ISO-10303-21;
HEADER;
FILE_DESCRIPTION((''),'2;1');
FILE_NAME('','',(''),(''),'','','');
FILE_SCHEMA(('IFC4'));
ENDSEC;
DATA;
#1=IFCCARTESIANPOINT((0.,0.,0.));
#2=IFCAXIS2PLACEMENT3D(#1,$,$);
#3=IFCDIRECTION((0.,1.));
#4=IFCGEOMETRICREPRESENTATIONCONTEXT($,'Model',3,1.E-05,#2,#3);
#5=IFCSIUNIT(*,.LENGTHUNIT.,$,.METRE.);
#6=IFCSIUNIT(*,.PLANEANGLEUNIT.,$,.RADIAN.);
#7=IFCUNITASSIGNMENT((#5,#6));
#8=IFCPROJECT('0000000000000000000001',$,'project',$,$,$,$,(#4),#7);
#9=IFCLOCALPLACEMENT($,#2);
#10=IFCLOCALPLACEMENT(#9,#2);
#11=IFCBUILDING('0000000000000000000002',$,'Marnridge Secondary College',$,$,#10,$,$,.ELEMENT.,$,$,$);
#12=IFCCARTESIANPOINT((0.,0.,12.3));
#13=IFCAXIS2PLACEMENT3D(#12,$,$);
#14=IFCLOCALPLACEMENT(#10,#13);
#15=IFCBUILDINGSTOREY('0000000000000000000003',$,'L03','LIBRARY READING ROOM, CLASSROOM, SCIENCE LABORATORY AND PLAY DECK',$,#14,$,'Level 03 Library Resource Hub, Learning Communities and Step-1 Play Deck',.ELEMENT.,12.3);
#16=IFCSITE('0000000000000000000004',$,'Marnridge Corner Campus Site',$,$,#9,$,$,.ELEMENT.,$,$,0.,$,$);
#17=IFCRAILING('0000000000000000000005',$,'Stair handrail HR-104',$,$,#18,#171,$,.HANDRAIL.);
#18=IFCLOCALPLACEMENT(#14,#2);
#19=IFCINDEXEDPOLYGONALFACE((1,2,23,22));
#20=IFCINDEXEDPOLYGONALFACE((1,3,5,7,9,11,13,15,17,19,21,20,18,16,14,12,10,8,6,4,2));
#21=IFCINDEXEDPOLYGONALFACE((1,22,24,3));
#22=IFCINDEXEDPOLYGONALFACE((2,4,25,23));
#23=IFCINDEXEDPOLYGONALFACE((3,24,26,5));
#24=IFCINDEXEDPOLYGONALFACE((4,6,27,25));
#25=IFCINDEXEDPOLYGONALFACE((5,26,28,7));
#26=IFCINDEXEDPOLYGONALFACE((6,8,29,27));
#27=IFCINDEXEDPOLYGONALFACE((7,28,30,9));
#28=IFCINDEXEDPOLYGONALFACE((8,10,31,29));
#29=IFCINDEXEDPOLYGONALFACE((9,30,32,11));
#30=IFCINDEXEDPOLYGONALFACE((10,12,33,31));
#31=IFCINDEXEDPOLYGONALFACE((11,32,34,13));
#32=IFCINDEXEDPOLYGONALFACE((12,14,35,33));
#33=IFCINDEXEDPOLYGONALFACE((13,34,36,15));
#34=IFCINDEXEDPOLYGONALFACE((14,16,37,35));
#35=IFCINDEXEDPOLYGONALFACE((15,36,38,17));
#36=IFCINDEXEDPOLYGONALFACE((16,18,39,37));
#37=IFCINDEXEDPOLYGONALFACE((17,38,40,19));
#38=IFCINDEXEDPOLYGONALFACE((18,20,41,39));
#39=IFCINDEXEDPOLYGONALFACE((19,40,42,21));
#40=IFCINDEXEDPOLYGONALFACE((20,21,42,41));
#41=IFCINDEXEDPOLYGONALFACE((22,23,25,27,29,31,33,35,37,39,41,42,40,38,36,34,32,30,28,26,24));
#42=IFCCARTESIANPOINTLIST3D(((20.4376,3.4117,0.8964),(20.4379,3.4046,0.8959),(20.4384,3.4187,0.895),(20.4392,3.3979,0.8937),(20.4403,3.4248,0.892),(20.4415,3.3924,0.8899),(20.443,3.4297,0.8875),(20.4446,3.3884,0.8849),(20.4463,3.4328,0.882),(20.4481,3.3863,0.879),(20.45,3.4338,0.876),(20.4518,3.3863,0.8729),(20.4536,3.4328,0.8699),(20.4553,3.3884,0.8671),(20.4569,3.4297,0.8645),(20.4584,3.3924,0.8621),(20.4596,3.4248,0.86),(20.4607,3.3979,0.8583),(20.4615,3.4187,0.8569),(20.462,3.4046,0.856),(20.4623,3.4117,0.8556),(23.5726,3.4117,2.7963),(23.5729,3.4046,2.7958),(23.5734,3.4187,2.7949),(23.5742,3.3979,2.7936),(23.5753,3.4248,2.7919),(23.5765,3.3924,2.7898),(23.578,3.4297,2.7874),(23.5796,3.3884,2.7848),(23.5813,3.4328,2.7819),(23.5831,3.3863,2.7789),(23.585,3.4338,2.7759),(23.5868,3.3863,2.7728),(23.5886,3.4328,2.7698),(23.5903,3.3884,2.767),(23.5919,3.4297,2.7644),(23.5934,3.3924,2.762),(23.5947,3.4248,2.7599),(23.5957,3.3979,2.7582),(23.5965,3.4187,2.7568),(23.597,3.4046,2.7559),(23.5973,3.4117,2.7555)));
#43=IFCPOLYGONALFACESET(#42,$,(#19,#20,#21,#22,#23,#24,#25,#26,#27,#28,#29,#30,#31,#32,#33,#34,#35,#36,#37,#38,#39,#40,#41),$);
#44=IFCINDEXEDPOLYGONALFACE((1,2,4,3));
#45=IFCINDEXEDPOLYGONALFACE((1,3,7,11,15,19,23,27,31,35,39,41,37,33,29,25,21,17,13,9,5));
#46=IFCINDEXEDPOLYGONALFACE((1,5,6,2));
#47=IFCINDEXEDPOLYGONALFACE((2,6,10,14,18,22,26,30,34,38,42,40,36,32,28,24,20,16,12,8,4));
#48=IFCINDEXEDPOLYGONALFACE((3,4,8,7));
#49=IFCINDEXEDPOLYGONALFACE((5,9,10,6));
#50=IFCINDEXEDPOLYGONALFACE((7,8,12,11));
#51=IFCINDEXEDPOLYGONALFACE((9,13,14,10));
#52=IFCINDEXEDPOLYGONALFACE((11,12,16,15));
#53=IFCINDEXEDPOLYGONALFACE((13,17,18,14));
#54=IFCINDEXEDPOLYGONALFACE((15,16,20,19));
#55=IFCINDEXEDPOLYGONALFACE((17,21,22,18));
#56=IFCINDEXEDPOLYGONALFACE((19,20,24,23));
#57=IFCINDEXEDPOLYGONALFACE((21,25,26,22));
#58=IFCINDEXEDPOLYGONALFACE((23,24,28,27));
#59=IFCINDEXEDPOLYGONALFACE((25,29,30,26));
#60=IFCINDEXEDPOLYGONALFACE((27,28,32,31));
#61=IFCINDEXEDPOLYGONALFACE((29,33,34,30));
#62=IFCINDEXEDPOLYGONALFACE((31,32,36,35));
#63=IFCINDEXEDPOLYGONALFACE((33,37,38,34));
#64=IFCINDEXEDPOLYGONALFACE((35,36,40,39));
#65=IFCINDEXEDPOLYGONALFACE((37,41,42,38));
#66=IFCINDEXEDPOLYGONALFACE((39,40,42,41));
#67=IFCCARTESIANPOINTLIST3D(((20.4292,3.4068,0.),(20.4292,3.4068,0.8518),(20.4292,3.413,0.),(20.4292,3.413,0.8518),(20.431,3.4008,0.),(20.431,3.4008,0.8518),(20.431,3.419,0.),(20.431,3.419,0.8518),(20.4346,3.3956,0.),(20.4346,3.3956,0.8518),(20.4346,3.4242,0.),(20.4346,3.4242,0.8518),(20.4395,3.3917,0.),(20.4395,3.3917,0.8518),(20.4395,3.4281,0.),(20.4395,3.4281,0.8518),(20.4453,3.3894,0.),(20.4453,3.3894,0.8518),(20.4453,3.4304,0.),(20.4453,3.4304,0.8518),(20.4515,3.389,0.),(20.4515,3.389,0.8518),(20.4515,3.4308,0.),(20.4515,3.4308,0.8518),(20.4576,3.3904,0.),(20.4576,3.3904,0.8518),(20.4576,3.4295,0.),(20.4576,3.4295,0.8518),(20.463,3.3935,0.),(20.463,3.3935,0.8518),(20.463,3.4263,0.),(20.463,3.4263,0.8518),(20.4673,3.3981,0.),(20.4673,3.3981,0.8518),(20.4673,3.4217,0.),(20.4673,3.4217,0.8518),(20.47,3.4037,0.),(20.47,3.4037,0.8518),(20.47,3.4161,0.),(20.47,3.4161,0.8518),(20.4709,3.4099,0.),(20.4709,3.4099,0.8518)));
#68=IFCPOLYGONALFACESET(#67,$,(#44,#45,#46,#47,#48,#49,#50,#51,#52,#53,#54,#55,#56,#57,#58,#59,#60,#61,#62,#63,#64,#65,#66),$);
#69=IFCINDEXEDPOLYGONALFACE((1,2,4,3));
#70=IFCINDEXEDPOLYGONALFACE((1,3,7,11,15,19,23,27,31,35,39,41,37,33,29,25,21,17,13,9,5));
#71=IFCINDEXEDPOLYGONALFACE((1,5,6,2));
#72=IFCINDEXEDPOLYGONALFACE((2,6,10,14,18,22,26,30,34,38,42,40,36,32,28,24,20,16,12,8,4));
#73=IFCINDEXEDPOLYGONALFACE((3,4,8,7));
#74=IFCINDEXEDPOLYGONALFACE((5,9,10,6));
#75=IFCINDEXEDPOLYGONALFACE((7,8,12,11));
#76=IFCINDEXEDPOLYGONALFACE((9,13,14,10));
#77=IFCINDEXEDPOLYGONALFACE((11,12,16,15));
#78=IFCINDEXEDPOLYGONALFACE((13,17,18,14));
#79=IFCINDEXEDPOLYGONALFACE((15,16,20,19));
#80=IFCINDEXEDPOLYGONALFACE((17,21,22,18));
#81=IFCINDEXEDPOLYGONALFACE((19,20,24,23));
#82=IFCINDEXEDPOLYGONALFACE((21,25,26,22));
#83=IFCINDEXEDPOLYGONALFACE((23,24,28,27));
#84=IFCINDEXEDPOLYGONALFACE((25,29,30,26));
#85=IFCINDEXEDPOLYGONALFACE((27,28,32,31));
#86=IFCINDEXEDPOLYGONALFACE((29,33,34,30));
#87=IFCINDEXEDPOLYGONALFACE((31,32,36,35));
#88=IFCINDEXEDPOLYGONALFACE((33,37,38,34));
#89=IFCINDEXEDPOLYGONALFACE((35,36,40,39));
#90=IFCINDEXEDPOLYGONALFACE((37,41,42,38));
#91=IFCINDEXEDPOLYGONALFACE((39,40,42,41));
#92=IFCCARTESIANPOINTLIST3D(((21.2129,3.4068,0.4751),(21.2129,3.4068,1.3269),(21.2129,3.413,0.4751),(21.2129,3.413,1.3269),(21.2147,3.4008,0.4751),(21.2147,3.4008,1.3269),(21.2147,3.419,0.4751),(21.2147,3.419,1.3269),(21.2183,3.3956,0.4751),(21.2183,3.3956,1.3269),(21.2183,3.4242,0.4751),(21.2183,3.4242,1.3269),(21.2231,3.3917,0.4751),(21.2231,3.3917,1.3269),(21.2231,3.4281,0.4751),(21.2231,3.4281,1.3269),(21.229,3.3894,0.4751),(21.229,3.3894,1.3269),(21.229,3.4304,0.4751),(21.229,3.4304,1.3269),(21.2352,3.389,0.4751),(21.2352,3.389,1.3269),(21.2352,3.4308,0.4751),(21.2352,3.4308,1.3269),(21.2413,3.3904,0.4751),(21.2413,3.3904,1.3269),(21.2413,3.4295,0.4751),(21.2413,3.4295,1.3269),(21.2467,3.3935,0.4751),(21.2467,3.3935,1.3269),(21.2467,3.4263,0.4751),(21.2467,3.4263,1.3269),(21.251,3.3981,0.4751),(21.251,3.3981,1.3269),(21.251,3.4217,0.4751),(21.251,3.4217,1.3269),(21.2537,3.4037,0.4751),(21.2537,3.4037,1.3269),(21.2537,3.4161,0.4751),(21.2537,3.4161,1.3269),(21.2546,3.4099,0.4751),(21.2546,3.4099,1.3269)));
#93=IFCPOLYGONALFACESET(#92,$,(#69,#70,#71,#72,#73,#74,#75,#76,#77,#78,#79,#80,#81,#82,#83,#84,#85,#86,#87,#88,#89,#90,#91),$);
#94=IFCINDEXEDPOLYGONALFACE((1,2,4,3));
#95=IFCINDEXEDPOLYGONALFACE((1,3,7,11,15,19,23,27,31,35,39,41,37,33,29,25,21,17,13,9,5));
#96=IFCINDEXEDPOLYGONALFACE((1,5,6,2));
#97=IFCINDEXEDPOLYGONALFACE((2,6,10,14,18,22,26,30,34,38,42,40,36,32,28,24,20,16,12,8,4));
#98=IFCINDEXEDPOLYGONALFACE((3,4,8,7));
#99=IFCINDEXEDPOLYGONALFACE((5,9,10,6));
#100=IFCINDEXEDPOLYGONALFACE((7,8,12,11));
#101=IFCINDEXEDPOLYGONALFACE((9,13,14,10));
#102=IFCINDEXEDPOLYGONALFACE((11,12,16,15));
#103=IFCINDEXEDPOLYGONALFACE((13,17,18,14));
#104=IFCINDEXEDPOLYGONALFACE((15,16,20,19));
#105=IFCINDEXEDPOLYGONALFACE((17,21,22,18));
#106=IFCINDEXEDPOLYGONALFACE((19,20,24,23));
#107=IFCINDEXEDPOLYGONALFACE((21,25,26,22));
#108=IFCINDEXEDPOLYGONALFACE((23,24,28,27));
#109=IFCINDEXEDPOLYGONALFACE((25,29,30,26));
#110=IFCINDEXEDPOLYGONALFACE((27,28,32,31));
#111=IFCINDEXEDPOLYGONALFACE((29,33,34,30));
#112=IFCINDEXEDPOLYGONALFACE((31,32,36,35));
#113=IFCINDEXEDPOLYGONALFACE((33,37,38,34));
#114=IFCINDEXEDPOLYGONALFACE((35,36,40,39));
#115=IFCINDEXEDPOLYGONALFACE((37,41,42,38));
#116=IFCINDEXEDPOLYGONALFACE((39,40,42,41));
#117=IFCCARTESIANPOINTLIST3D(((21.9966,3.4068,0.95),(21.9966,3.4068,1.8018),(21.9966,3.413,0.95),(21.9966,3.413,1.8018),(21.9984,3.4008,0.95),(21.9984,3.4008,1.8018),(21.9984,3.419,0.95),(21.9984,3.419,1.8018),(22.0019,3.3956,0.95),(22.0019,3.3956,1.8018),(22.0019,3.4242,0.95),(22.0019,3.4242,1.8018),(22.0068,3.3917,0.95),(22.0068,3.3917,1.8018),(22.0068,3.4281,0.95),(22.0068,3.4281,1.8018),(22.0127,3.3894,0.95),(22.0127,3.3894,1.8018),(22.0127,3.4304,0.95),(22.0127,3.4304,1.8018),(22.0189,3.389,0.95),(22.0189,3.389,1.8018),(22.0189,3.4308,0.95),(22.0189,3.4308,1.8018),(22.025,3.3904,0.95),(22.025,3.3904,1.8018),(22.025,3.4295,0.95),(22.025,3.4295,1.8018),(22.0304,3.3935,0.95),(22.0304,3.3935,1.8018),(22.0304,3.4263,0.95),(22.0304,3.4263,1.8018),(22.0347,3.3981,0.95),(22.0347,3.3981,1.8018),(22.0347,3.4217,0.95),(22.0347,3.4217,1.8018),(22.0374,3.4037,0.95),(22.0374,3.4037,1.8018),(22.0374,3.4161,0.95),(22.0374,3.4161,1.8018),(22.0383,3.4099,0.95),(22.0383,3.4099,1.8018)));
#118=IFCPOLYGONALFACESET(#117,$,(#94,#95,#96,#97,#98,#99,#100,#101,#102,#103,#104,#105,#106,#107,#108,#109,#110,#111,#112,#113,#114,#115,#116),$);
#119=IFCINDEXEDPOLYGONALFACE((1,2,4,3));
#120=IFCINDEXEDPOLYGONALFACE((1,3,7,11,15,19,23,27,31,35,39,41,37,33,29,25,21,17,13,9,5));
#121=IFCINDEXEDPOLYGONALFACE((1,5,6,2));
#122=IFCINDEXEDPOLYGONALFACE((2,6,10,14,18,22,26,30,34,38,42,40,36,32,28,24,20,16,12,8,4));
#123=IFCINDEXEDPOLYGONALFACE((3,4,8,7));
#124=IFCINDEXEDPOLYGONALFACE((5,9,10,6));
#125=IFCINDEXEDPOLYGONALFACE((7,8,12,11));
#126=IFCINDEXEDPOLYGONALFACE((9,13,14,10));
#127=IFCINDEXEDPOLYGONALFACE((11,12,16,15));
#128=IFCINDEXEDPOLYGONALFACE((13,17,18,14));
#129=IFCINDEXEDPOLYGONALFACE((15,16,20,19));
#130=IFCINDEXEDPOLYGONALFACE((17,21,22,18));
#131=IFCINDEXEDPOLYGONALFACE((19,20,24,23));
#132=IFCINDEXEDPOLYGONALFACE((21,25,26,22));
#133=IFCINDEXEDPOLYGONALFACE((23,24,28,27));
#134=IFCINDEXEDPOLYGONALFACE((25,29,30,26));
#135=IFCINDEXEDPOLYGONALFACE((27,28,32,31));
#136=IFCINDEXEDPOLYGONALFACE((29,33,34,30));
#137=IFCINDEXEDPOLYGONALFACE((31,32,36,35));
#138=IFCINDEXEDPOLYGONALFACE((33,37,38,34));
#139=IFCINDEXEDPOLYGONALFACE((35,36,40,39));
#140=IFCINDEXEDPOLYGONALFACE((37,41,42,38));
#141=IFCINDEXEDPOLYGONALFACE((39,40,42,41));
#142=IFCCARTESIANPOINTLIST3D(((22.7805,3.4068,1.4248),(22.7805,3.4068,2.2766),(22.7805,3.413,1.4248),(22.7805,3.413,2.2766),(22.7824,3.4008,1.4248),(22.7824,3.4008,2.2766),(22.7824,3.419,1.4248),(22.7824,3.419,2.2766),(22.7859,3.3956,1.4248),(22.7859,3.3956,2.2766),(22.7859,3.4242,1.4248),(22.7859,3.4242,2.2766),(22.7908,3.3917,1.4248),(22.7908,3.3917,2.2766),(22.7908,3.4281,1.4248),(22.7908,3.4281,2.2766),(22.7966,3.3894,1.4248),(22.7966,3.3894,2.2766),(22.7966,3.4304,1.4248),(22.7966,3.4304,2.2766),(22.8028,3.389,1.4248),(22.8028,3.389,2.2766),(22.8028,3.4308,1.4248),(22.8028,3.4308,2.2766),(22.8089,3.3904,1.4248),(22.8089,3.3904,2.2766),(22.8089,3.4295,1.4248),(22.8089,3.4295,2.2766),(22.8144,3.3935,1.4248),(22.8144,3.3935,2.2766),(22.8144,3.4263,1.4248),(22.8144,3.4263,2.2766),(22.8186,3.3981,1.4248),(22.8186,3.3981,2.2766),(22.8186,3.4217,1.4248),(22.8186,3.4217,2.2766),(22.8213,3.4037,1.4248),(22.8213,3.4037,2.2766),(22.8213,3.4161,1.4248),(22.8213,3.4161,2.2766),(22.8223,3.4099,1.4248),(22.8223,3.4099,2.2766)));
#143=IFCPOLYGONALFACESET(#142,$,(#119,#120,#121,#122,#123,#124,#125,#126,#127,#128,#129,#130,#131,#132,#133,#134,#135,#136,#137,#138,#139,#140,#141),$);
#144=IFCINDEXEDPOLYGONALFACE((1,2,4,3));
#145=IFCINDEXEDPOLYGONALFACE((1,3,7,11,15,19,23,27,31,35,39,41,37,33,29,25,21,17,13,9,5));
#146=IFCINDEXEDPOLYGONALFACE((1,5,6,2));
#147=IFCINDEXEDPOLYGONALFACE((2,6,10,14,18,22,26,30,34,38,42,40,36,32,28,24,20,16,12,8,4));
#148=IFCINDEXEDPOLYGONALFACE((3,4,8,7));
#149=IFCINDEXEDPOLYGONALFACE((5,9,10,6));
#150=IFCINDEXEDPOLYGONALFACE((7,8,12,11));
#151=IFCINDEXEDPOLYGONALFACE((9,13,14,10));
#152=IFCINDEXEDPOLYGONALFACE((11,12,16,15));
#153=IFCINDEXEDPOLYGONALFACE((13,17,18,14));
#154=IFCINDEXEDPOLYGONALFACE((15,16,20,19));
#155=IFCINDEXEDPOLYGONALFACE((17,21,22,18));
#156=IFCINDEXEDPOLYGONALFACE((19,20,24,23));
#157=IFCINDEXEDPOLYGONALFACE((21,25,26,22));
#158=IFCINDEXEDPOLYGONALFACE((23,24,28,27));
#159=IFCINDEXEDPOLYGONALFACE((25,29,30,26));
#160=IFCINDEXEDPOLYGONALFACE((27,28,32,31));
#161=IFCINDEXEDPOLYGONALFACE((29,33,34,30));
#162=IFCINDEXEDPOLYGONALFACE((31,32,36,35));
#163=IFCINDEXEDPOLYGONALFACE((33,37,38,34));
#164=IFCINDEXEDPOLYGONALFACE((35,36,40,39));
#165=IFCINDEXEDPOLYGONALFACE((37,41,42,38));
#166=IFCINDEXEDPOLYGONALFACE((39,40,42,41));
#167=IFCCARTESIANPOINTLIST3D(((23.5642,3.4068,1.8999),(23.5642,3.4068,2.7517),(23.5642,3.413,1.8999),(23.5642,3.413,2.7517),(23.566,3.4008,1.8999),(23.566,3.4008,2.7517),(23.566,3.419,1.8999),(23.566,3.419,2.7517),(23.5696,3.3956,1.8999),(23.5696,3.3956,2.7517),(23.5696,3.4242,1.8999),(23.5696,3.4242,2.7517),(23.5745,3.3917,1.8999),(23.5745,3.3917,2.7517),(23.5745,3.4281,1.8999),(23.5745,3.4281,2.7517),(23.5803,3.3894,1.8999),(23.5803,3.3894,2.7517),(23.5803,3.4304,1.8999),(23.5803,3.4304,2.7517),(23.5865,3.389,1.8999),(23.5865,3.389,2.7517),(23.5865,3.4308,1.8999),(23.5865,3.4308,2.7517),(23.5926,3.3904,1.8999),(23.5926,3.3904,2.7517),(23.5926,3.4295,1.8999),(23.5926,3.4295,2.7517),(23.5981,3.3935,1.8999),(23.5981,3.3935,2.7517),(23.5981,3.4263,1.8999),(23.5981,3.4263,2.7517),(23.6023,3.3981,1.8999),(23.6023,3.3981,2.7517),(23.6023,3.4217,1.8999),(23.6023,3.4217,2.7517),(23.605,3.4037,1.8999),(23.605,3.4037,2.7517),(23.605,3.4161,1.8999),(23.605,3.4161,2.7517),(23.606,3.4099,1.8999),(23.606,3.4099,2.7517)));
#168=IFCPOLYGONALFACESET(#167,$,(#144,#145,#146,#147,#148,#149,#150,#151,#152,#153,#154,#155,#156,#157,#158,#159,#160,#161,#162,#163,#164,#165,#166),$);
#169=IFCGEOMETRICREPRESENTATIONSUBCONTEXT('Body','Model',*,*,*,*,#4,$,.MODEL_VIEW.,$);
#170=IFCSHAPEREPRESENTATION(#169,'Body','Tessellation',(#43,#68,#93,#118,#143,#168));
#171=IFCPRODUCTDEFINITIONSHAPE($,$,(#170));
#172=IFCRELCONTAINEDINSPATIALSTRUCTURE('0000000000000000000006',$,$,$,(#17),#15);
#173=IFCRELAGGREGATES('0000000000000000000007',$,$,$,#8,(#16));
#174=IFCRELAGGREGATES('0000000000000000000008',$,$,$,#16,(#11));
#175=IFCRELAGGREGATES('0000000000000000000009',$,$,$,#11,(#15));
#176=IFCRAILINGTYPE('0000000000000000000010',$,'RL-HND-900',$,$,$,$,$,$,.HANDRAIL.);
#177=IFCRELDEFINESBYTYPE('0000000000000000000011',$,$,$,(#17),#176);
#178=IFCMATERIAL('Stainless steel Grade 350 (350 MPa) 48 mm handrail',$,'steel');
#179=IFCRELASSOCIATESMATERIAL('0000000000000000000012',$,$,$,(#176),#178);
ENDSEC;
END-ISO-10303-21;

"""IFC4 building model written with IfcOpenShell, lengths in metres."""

from ifc_helpers import new_model, si_unit, direction, frame, origin, origin_2d, place, context, subcontext, project, spatial, circle, extrude, material, type_object, element, save


model = new_model("IFC4")

# Units and contexts
model_context = context("Model", 3, precision=1e-05, world=origin(), true_north=direction((0.0, 1.0)))
body_context = subcontext(model_context, "Body", "Model", "MODEL_VIEW")
ifc_project = project(units=[si_unit("LENGTHUNIT", "METRE"), si_unit("PLANEANGLEUNIT", "RADIAN")], contexts=[model_context])

# Site, building, storey
site_placement = place(None, origin())
site = spatial("IfcSite", under=ifc_project, at=site_placement, Name="Marnridge Corner Campus Site", CompositionType="ELEMENT", RefElevation=0.0)
building_placement = place(site_placement, origin())
building = spatial("IfcBuilding", under=site, at=building_placement, Name="Marnridge Secondary College", CompositionType="ELEMENT")
storey_placement = place(building_placement, frame((0.0, 0.0, 12.3)))
storey = spatial("IfcBuildingStorey", under=building, at=storey_placement, Name="L03", Description="LIBRARY READING ROOM, CLASSROOM, SCIENCE LABORATORY AND PLAY DECK", LongName="Level 03 Library Resource Hub, Learning Communities and Step-1 Play Deck", CompositionType="ELEMENT", Elevation=12.3)

# Railing
ifc_material_1 = material(Name="Stainless steel Grade 350 (350 MPa) 48 mm handrail", Category="steel")
railing_type_1 = type_object("IfcRailingType", Name="RL-HND-900", PredefinedType="HANDRAIL", material=ifc_material_1)
for number, where, name in (
    (1, (20.45, 3.4099, 0.0), "Stair handrail HR-104"),
):
    element("IfcRailing", number, at=place(storey_placement, frame(where)), inside=storey, type_object=railing_type_1, Name=name, PredefinedType="HANDRAIL", context=body_context, shape_type="SweptSolid", body=[
        extrude(circle(Radius=0.0239, at=origin_2d()), frame((0.0, 0.0, 0.876), z_axis=(0.85521, 0.0, 0.518281), x_axis=(0.0, 1.0, 0.0)), (0.0, 0.0, 1.0), 3.6658),
        extrude(circle(Radius=0.021, at=origin_2d()), origin(), (0.0, 0.0, 1.0), 0.8518),
        extrude(circle(Radius=0.021, at=origin_2d()), frame((0.7837, 0.0, 0.4751)), (0.0, 0.0, 1.0), 0.8518),
        extrude(circle(Radius=0.021, at=origin_2d()), frame((1.5674, 0.0, 0.95)), (0.0, 0.0, 1.0), 0.8518),
        extrude(circle(Radius=0.021, at=origin_2d()), frame((2.3513, 0.0, 1.4248)), (0.0, 0.0, 1.0), 0.8518),
        extrude(circle(Radius=0.021, at=origin_2d()), frame((3.135, 0.0, 1.8999)), (0.0, 0.0, 1.0), 0.8518),
    ])

save(model, "model.ifc")
